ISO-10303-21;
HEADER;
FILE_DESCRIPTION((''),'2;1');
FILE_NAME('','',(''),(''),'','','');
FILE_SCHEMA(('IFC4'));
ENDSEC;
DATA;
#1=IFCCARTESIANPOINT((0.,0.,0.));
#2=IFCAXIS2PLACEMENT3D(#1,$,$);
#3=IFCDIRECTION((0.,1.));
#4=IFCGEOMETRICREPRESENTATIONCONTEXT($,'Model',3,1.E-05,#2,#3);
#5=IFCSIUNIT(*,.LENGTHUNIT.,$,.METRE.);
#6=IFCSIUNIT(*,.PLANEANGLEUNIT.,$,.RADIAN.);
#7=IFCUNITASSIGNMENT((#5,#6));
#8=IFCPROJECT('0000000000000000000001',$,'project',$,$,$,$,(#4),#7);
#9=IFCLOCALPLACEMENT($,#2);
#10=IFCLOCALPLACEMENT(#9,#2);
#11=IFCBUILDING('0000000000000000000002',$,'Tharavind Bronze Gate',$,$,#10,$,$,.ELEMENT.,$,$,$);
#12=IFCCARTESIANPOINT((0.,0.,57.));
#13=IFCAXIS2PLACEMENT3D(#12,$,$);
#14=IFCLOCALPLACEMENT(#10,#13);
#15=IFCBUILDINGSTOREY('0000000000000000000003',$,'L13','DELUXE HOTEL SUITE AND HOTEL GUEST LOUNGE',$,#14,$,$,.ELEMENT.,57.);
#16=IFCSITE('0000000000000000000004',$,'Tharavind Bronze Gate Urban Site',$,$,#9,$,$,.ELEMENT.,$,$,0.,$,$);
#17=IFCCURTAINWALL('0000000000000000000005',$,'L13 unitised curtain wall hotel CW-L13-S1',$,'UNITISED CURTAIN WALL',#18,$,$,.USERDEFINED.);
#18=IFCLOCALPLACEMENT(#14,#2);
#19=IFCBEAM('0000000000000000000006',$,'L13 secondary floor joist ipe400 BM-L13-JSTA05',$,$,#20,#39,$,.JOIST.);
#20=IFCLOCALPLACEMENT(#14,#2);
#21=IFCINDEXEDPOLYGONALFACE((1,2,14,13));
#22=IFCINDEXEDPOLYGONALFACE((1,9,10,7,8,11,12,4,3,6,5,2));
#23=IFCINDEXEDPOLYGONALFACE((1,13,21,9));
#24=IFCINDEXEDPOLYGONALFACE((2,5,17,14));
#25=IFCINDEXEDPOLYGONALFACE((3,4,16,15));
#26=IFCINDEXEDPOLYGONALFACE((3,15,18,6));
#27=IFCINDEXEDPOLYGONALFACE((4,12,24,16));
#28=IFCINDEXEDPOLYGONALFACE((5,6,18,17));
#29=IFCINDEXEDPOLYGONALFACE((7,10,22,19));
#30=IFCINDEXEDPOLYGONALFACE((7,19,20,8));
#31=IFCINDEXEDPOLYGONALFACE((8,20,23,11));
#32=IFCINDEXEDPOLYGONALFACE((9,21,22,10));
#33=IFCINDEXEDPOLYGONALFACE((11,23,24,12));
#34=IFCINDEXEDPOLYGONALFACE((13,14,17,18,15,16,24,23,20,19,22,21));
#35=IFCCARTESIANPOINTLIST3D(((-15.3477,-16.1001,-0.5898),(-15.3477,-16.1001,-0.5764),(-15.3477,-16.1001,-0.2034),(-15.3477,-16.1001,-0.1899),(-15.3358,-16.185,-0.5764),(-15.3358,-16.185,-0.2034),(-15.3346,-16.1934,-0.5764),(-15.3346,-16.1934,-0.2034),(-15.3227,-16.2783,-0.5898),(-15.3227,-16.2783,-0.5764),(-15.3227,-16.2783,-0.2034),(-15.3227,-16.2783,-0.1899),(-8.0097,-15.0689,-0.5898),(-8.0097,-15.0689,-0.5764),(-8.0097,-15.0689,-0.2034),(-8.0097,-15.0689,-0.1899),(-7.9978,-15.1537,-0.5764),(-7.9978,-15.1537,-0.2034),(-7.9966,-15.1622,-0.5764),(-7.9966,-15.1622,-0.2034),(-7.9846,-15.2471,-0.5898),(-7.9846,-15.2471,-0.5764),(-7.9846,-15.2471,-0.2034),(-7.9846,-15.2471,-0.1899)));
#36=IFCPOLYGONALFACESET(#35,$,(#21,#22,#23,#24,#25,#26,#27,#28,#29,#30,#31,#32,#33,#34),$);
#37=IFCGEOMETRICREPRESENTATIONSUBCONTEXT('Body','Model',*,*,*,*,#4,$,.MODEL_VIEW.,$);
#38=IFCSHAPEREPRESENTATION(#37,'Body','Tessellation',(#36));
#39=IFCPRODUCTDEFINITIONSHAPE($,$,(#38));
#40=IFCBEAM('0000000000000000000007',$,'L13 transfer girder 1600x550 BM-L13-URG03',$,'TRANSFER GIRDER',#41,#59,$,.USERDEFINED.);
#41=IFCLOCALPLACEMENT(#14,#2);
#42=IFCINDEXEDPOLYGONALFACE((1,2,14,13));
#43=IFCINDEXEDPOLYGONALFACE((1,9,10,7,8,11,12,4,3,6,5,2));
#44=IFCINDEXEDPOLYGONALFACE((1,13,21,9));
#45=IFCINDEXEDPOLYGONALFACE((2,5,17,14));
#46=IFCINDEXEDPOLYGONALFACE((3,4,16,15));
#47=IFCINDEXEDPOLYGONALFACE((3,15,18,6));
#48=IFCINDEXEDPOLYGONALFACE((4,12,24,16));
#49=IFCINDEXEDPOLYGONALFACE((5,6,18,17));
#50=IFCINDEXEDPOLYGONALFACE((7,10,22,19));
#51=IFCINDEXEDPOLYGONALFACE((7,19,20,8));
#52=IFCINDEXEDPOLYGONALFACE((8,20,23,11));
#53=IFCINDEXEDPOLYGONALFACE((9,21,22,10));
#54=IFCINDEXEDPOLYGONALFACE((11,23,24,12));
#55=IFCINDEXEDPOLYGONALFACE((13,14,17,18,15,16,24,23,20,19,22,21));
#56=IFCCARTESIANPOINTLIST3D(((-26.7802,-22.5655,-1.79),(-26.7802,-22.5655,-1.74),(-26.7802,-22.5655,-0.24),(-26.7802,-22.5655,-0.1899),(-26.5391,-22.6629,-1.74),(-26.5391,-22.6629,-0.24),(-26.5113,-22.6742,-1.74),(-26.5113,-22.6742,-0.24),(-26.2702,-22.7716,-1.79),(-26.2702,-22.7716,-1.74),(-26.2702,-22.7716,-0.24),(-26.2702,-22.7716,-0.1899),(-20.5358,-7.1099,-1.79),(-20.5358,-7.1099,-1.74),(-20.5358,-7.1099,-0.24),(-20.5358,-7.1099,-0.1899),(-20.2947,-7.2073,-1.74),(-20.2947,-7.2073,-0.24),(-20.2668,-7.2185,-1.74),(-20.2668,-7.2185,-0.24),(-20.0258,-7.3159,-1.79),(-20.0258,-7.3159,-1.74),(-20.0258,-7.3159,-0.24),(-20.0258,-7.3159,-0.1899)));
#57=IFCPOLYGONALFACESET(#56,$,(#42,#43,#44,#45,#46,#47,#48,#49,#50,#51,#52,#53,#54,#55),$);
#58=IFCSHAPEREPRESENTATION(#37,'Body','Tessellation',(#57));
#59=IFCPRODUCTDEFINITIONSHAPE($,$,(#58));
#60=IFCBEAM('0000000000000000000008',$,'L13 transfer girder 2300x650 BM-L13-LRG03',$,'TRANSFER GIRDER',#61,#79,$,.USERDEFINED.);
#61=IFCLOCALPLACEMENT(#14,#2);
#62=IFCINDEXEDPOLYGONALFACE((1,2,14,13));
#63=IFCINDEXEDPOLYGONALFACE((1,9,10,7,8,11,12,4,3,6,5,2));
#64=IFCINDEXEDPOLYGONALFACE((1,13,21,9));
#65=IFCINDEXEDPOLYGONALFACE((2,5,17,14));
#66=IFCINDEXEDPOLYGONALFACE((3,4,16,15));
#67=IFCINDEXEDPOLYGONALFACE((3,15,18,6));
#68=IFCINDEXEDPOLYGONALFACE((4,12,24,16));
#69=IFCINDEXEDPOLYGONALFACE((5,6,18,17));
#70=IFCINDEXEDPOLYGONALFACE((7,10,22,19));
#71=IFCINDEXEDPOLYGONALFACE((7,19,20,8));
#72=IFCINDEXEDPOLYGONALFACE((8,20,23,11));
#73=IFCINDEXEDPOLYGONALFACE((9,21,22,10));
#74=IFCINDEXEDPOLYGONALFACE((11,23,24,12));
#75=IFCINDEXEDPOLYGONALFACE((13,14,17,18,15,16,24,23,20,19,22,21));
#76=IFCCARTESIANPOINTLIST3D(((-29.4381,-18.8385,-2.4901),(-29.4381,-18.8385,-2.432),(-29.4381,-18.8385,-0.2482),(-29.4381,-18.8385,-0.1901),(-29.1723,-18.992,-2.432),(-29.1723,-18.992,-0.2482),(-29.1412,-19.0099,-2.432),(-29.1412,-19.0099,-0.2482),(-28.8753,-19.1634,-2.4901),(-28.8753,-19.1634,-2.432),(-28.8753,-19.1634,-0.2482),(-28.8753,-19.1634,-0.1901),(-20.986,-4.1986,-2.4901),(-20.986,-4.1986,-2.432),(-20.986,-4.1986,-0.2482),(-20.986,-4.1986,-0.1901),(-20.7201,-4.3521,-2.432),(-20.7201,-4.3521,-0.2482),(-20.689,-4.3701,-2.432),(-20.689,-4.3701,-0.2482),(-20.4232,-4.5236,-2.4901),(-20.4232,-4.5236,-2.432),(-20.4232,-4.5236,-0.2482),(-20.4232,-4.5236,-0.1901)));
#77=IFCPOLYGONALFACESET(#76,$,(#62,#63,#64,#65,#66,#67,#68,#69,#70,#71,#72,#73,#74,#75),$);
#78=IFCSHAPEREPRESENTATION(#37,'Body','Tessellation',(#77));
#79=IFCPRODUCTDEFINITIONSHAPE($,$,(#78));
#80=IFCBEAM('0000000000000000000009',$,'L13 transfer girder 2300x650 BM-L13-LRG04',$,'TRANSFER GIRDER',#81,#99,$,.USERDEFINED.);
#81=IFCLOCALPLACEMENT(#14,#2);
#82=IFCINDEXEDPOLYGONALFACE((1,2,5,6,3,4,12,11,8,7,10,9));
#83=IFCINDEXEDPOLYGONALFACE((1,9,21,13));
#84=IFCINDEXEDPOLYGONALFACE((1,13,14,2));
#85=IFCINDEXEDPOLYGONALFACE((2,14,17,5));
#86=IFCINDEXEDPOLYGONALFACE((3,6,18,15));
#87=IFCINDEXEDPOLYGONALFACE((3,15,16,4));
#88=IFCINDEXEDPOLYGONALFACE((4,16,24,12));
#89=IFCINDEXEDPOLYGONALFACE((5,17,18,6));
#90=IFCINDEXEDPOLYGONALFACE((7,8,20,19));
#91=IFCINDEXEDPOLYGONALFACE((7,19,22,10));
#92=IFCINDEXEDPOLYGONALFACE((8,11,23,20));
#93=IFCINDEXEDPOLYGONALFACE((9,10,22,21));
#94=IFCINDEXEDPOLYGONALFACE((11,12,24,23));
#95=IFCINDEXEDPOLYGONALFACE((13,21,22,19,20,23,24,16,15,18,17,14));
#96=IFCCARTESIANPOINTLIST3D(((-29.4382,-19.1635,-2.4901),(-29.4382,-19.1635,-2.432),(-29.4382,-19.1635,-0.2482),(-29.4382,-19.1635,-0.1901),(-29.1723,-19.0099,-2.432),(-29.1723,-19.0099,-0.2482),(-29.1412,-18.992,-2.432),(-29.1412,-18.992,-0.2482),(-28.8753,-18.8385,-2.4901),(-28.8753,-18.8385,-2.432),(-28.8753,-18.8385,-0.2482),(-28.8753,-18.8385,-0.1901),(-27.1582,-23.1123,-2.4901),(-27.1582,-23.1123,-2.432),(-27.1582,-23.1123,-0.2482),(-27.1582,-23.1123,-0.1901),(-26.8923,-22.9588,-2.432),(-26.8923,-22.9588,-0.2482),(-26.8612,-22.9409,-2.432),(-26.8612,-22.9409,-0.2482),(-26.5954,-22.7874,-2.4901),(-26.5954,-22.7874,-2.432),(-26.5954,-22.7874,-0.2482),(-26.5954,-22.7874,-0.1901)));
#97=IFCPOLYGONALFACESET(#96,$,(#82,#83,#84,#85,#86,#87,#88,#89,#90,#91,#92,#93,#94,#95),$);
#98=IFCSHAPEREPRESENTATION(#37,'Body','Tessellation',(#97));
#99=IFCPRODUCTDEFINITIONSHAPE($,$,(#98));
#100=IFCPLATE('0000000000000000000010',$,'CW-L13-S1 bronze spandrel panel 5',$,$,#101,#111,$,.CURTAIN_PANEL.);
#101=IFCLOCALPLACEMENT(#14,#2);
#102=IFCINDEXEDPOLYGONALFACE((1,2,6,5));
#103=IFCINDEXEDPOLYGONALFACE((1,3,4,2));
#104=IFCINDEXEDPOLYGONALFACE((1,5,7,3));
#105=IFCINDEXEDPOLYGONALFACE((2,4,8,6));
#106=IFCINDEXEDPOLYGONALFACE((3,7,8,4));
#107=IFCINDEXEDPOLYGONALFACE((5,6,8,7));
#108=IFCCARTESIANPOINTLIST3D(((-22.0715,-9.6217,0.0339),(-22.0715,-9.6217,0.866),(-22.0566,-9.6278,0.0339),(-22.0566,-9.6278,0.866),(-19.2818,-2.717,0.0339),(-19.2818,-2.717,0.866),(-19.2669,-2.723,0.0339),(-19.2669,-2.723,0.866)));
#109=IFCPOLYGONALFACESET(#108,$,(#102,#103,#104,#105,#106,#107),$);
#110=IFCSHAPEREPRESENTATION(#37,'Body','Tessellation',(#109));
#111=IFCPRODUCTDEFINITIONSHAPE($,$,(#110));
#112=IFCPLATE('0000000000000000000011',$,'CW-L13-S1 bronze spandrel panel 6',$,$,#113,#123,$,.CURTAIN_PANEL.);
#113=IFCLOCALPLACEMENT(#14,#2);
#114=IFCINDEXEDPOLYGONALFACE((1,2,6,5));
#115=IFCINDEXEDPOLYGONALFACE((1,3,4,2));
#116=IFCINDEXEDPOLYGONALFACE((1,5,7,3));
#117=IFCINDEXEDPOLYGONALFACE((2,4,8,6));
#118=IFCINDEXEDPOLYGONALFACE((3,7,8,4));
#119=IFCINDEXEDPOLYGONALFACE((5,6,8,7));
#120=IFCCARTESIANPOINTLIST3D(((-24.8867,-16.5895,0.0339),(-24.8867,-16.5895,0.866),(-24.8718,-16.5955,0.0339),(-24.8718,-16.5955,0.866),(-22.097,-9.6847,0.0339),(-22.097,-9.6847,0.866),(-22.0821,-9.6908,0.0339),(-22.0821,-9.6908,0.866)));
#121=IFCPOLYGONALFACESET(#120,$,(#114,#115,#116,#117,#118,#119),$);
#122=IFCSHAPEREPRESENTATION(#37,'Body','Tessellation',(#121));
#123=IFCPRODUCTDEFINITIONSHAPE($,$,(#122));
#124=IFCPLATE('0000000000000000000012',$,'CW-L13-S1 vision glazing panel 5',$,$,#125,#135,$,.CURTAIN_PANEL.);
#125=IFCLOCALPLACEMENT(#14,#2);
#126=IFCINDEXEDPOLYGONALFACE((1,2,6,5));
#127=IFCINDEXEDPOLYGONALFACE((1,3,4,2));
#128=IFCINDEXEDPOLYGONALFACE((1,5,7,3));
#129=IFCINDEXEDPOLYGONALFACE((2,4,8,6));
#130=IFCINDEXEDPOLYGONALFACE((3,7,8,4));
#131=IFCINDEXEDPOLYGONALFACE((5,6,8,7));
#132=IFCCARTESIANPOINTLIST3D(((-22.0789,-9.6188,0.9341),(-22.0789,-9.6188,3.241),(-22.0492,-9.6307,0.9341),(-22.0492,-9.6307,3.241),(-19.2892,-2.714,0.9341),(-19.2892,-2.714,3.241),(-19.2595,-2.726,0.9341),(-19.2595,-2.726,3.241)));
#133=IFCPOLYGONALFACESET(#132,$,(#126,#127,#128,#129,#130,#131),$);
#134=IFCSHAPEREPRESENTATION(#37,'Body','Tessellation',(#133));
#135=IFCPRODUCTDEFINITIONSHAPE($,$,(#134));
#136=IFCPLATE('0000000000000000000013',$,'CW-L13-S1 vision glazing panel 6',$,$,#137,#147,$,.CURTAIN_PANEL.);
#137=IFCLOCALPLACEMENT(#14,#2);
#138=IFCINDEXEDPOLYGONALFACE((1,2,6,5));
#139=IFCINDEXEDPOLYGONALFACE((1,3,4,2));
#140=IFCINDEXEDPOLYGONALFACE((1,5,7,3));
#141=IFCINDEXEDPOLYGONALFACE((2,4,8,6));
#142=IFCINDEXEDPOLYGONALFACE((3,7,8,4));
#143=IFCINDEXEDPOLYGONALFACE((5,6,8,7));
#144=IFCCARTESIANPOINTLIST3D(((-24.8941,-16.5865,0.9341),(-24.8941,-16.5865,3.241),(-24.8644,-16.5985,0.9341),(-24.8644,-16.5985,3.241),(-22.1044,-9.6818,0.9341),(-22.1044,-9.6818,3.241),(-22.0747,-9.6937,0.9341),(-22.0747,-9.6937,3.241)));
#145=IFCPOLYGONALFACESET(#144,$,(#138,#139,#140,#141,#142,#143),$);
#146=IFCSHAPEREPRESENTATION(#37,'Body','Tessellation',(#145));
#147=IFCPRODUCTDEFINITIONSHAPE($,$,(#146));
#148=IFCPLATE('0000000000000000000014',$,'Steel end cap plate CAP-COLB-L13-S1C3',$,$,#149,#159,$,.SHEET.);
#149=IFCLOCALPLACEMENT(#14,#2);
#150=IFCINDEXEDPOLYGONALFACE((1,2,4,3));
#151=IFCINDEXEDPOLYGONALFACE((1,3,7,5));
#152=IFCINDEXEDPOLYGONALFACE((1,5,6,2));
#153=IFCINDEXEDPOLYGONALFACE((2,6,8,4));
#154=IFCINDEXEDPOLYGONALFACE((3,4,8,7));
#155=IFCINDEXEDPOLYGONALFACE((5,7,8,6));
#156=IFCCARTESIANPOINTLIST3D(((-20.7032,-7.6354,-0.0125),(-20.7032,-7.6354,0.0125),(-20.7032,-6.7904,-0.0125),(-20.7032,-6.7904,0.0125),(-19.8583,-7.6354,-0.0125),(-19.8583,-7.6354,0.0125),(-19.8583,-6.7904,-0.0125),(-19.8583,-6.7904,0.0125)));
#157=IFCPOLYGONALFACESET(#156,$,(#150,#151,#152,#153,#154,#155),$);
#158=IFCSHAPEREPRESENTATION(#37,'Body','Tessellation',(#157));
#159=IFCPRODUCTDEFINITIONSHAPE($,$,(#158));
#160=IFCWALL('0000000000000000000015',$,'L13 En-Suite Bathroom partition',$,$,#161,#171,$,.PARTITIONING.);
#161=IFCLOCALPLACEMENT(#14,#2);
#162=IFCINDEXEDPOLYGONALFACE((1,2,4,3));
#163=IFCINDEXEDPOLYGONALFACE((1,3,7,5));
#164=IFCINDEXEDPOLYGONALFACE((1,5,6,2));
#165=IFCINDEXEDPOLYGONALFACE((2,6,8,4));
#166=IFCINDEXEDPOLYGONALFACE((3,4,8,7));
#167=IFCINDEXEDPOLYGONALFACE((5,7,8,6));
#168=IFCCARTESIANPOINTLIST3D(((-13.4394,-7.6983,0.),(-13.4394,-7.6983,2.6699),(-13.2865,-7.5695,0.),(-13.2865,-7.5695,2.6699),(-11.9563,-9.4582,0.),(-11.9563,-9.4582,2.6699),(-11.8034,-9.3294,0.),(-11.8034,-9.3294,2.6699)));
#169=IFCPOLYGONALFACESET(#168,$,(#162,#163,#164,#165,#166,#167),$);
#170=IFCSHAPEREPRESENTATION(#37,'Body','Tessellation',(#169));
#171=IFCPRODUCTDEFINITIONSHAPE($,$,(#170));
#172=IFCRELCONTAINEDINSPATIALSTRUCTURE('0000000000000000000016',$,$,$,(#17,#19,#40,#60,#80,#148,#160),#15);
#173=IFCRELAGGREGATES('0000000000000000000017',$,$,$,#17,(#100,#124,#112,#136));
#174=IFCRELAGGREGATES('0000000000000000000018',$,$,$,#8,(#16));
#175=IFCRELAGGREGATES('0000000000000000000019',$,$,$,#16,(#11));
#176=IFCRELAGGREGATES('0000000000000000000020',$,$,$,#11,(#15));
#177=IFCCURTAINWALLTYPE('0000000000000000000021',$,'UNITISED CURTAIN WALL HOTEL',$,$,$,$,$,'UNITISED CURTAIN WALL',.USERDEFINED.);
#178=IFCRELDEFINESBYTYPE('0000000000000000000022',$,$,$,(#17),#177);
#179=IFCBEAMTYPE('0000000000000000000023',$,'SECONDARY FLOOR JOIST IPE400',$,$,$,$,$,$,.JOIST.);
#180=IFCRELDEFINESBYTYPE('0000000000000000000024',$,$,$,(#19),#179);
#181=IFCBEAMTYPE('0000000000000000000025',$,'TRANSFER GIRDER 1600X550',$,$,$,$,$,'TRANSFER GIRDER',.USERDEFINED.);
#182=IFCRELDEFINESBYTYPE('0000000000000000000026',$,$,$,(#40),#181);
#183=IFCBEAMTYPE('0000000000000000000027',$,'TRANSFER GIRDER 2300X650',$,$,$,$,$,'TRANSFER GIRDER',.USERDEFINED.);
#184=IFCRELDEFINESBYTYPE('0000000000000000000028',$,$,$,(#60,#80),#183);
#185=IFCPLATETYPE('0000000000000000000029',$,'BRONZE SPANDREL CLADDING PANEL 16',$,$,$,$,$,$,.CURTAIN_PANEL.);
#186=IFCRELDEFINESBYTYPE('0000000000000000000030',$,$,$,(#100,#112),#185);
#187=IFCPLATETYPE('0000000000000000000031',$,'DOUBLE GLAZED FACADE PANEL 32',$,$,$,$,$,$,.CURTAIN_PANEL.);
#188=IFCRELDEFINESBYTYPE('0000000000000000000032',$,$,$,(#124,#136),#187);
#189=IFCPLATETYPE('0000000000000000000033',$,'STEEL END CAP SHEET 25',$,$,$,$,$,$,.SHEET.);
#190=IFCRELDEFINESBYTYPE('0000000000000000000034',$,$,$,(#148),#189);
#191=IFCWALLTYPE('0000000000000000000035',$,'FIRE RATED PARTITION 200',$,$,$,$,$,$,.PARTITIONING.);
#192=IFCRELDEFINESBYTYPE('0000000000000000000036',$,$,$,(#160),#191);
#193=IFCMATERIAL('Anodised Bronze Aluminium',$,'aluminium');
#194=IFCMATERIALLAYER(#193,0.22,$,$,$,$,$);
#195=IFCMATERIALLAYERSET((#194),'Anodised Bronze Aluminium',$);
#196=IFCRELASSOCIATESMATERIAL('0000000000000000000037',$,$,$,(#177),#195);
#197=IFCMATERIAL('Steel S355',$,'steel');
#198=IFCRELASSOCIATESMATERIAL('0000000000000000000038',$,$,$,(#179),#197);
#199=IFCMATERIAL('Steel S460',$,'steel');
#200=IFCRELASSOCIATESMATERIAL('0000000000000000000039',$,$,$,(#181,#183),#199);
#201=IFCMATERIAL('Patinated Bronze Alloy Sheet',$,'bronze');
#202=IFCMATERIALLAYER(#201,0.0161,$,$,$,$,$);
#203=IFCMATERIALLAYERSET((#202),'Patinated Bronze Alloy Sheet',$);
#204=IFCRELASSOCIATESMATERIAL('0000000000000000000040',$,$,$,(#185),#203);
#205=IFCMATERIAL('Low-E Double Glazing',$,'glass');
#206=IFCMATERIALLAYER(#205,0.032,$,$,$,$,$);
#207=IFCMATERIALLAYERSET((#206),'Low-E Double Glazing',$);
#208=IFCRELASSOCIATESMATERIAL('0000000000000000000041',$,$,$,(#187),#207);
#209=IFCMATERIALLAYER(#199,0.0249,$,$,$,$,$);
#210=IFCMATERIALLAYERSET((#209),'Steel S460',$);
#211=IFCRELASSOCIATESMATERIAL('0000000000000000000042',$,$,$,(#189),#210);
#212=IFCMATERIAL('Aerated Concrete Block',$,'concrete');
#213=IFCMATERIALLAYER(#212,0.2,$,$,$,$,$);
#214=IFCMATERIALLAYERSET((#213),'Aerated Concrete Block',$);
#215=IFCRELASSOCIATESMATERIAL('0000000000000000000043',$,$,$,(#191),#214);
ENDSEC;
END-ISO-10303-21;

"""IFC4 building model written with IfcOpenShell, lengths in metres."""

from ifc_helpers import new_model, si_unit, direction, frame, frame_2d, origin, origin_2d, place, context, subcontext, project, spatial, rectangle, i_section, extrude, material, layer, layer_set, material_profile, profile_set, type_object, element, aggregate, save


model = new_model("IFC4")

# Units and contexts
model_context = context("Model", 3, precision=1e-05, world=origin(), true_north=direction((0.0, 1.0)))
body_context = subcontext(model_context, "Body", "Model", "MODEL_VIEW")
ifc_project = project(units=[si_unit("LENGTHUNIT", "METRE"), si_unit("PLANEANGLEUNIT", "RADIAN")], contexts=[model_context])

# Site, building, storey
site_placement = place(None, origin())
site = spatial("IfcSite", under=ifc_project, at=site_placement, Name="Tharavind Bronze Gate Urban Site", CompositionType="ELEMENT", RefElevation=0.0)
building_placement = place(site_placement, origin())
building = spatial("IfcBuilding", under=site, at=building_placement, Name="Tharavind Bronze Gate", CompositionType="ELEMENT")
storey_placement = place(building_placement, frame((0.0, 0.0, 57.0)))
storey = spatial("IfcBuildingStorey", under=building, at=storey_placement, Name="L13", Description="DELUXE HOTEL SUITE AND HOTEL GUEST LOUNGE", CompositionType="ELEMENT", Elevation=57.0)

# Shared definitions
ifc_material_1 = material(Name="Steel S460", Category="steel")

# Curtain wall
ifc_material_2 = material(Name="Anodised Bronze Aluminium", Category="aluminium")
ifc_layer_1 = layer(ifc_material_2, 0.22)
ifc_layer_set_1 = layer_set([ifc_layer_1], Name="Anodised Bronze Aluminium")
curtain_wall_type = type_object("IfcCurtainWallType", Name="UNITISED CURTAIN WALL HOTEL", ElementType="UNITISED CURTAIN WALL", PredefinedType="USERDEFINED", material=ifc_layer_set_1)
curtain_wall_placement = place(storey_placement, origin())
curtain_wall = element("IfcCurtainWall", 1, at=curtain_wall_placement, inside=storey, type_object=curtain_wall_type, Name="L13 unitised curtain wall hotel CW-L13-S1", ObjectType="UNITISED CURTAIN WALL", PredefinedType="USERDEFINED")

# Beams
ifc_material_3 = material(Name="Steel S355", Category="steel")
ifc_material_profile_1 = material_profile(ifc_material_3, i_section(OverallWidth=0.1799, OverallDepth=0.3999, WebThickness=0.0085, FlangeThickness=0.0134, at=origin_2d()), Name="IPE400")
ifc_profile_set_1 = profile_set([ifc_material_profile_1], Name="Steel S355")
beam_type_1 = type_object("IfcBeamType", Name="SECONDARY FLOOR JOIST IPE400", PredefinedType="JOIST", material=ifc_profile_set_1)
beam_1_placement = place(storey_placement, frame((-15.3352, -16.1892, -0.3899), z_axis=(0.990269, 0.139165, 0.0), x_axis=(-0.139165, 0.990269, 0.0)))
element("IfcBeam", 2, at=beam_1_placement, inside=storey, type_object=beam_type_1, Name="L13 secondary floor joist ipe400 BM-L13-JSTA05", PredefinedType="JOIST", context=body_context, shape_type="SweptSolid", body=[
    extrude(i_section(OverallWidth=0.1799, OverallDepth=0.3999, WebThickness=0.0085, FlangeThickness=0.0134, at=origin_2d()), origin(), (0.0, 0.0, 1.0), 7.4102),
])
ifc_material_profile_2 = material_profile(ifc_material_1, i_section(OverallWidth=0.55, OverallDepth=1.6001, WebThickness=0.03, FlangeThickness=0.05, at=origin_2d()), Name="PG1600X550")
ifc_profile_set_2 = profile_set([ifc_material_profile_2], Name="Steel S460")
beam_type_2 = type_object("IfcBeamType", Name="TRANSFER GIRDER 1600X550", ElementType="TRANSFER GIRDER", PredefinedType="USERDEFINED", material=ifc_profile_set_2)
beam_2_placement = place(storey_placement, frame((-20.2808, -7.2129, -0.99), z_axis=(-0.374603, -0.927185, 0.0), x_axis=(0.927185, -0.374603, 0.0)))
element("IfcBeam", 3, at=beam_2_placement, inside=storey, type_object=beam_type_2, Name="L13 transfer girder 1600x550 BM-L13-URG03", ObjectType="TRANSFER GIRDER", PredefinedType="USERDEFINED", context=body_context, shape_type="SweptSolid", body=[
    extrude(i_section(OverallWidth=0.55, OverallDepth=1.6001, WebThickness=0.03, FlangeThickness=0.05, at=origin_2d()), origin(), (0.0, 0.0, 1.0), 16.6694),
])
ifc_material_profile_3 = material_profile(ifc_material_1, i_section(OverallWidth=0.6499, OverallDepth=2.3, WebThickness=0.0359, FlangeThickness=0.0581, at=origin_2d()), Name="PG2300X650")
ifc_profile_set_3 = profile_set([ifc_material_profile_3], Name="Steel S460")
beam_type_3 = type_object("IfcBeamType", Name="TRANSFER GIRDER 2300X650", ElementType="TRANSFER GIRDER", PredefinedType="USERDEFINED", material=ifc_profile_set_3)
beam_3_placement = place(storey_placement, frame((-20.7046, -4.3611, -1.3401), z_axis=(-0.499991, -0.86603, 0.0), x_axis=(0.86603, -0.499991, 0.0)))
element("IfcBeam", 4, at=beam_3_placement, inside=storey, type_object=beam_type_3, Name="L13 transfer girder 2300x650 BM-L13-LRG03", ObjectType="TRANSFER GIRDER", PredefinedType="USERDEFINED", context=body_context, shape_type="SweptSolid", body=[
    extrude(i_section(OverallWidth=0.6499, OverallDepth=2.3, WebThickness=0.0359, FlangeThickness=0.0581, at=origin_2d()), origin(), (0.0, 0.0, 1.0), 16.9045),
])
beam_4_placement = place(storey_placement, frame((-29.1567, -19.001, -1.3401), z_axis=(0.500014, -0.866017, 0.0), x_axis=(0.866017, 0.500014, 0.0)))
element("IfcBeam", 5, at=beam_4_placement, inside=storey, type_object=beam_type_3, Name="L13 transfer girder 2300x650 BM-L13-LRG04", ObjectType="TRANSFER GIRDER", PredefinedType="USERDEFINED", context=body_context, shape_type="SweptSolid", body=[
    extrude(i_section(OverallWidth=0.6499, OverallDepth=2.3, WebThickness=0.0359, FlangeThickness=0.0581, at=origin_2d()), origin(), (0.0, 0.0, 1.0), 4.5598),
])

# Plates
ifc_material_4 = material(Name="Patinated Bronze Alloy Sheet", Category="bronze")
ifc_layer_2 = layer(ifc_material_4, 0.0161)
ifc_layer_set_2 = layer_set([ifc_layer_2], Name="Patinated Bronze Alloy Sheet")
plate_type_1 = type_object("IfcPlateType", Name="BRONZE SPANDREL CLADDING PANEL 16", PredefinedType="CURTAIN_PANEL", material=ifc_layer_set_2)
plate_1_placement = place(storey_placement, frame((-20.6692, -6.1724, 0.0339), z_axis=(0.0, 0.0, 1.0), x_axis=(-0.374607, -0.927184, 0.0)))
plate_1 = element("IfcPlate", 6, at=plate_1_placement, type_object=plate_type_1, Name="CW-L13-S1 bronze spandrel panel 5", PredefinedType="CURTAIN_PANEL", context=body_context, shape_type="SweptSolid", body=[
    extrude(rectangle(XDim=7.447, YDim=0.0161, at=origin_2d()), origin(), (0.0, 0.0, 1.0), 0.832),
])
plate_2_placement = place(storey_placement, frame((-23.4844, -13.1401, 0.0339), z_axis=(0.0, 0.0, 1.0), x_axis=(-0.374607, -0.927184, 0.0)))
plate_2 = element("IfcPlate", 7, at=plate_2_placement, type_object=plate_type_1, Name="CW-L13-S1 bronze spandrel panel 6", PredefinedType="CURTAIN_PANEL", context=body_context, shape_type="SweptSolid", body=[
    extrude(rectangle(XDim=7.447, YDim=0.0161, at=origin_2d()), origin(), (0.0, 0.0, 1.0), 0.832),
])
ifc_material_5 = material(Name="Low-E Double Glazing", Category="glass")
ifc_layer_3 = layer(ifc_material_5, 0.032)
ifc_layer_set_3 = layer_set([ifc_layer_3], Name="Low-E Double Glazing")
plate_type_2 = type_object("IfcPlateType", Name="DOUBLE GLAZED FACADE PANEL 32", PredefinedType="CURTAIN_PANEL", material=ifc_layer_set_3)
plate_3_placement = place(storey_placement, frame((-20.6692, -6.1724, 0.9341), z_axis=(0.0, 0.0, 1.0), x_axis=(-0.374607, -0.927184, 0.0)))
plate_3 = element("IfcPlate", 8, at=plate_3_placement, type_object=plate_type_2, Name="CW-L13-S1 vision glazing panel 5", PredefinedType="CURTAIN_PANEL", context=body_context, shape_type="SweptSolid", body=[
    extrude(rectangle(XDim=7.447, YDim=0.032, at=origin_2d()), origin(), (0.0, 0.0, 1.0), 2.3069),
])
plate_4_placement = place(storey_placement, frame((-23.4844, -13.1401, 0.9341), z_axis=(0.0, 0.0, 1.0), x_axis=(-0.374607, -0.927184, 0.0)))
plate_4 = element("IfcPlate", 9, at=plate_4_placement, type_object=plate_type_2, Name="CW-L13-S1 vision glazing panel 6", PredefinedType="CURTAIN_PANEL", context=body_context, shape_type="SweptSolid", body=[
    extrude(rectangle(XDim=7.447, YDim=0.032, at=origin_2d()), origin(), (0.0, 0.0, 1.0), 2.3069),
])
aggregate(curtain_wall, [plate_1, plate_3, plate_2, plate_4])
ifc_layer_4 = layer(ifc_material_1, 0.0249)
ifc_layer_set_4 = layer_set([ifc_layer_4], Name="Steel S460")
plate_type_3 = type_object("IfcPlateType", Name="STEEL END CAP SHEET 25", PredefinedType="SHEET", material=ifc_layer_set_4)
plate_5_placement = place(storey_placement, frame((-20.2808, -7.2129, -0.0125), z_axis=(0.0, 0.0, 1.0), x_axis=(1.0, 0.0, 0.0)))
element("IfcPlate", 10, at=plate_5_placement, inside=storey, type_object=plate_type_3, Name="Steel end cap plate CAP-COLB-L13-S1C3", PredefinedType="SHEET", context=body_context, shape_type="SweptSolid", body=[
    extrude(rectangle(XDim=0.845, YDim=0.845, at=origin_2d()), origin(), (0.0, 0.0, 1.0), 0.0249),
])

# Wall
ifc_material_6 = material(Name="Aerated Concrete Block", Category="concrete")
ifc_layer_5 = layer(ifc_material_6, 0.2)
ifc_layer_set_5 = layer_set([ifc_layer_5], Name="Aerated Concrete Block")
wall_type_1 = type_object("IfcWallType", Name="FIRE RATED PARTITION 200", PredefinedType="PARTITIONING", material=ifc_layer_set_5)
wall_1_placement = place(storey_placement, frame((-13.363, -7.6338, 0.0), z_axis=(0.0, 0.0, 1.0), x_axis=(0.6444, -0.764688, 0.0)))
element("IfcWall", 11, at=wall_1_placement, inside=storey, type_object=wall_type_1, Name="L13 En-Suite Bathroom partition", PredefinedType="PARTITIONING", context=body_context, shape_type="SweptSolid", body=[
    extrude(rectangle(XDim=2.3015, YDim=0.2, at=frame_2d((1.1509, 0.0))), origin(), (0.0, 0.0, 1.0), 2.6699),
])

save(model, "model.ifc")
